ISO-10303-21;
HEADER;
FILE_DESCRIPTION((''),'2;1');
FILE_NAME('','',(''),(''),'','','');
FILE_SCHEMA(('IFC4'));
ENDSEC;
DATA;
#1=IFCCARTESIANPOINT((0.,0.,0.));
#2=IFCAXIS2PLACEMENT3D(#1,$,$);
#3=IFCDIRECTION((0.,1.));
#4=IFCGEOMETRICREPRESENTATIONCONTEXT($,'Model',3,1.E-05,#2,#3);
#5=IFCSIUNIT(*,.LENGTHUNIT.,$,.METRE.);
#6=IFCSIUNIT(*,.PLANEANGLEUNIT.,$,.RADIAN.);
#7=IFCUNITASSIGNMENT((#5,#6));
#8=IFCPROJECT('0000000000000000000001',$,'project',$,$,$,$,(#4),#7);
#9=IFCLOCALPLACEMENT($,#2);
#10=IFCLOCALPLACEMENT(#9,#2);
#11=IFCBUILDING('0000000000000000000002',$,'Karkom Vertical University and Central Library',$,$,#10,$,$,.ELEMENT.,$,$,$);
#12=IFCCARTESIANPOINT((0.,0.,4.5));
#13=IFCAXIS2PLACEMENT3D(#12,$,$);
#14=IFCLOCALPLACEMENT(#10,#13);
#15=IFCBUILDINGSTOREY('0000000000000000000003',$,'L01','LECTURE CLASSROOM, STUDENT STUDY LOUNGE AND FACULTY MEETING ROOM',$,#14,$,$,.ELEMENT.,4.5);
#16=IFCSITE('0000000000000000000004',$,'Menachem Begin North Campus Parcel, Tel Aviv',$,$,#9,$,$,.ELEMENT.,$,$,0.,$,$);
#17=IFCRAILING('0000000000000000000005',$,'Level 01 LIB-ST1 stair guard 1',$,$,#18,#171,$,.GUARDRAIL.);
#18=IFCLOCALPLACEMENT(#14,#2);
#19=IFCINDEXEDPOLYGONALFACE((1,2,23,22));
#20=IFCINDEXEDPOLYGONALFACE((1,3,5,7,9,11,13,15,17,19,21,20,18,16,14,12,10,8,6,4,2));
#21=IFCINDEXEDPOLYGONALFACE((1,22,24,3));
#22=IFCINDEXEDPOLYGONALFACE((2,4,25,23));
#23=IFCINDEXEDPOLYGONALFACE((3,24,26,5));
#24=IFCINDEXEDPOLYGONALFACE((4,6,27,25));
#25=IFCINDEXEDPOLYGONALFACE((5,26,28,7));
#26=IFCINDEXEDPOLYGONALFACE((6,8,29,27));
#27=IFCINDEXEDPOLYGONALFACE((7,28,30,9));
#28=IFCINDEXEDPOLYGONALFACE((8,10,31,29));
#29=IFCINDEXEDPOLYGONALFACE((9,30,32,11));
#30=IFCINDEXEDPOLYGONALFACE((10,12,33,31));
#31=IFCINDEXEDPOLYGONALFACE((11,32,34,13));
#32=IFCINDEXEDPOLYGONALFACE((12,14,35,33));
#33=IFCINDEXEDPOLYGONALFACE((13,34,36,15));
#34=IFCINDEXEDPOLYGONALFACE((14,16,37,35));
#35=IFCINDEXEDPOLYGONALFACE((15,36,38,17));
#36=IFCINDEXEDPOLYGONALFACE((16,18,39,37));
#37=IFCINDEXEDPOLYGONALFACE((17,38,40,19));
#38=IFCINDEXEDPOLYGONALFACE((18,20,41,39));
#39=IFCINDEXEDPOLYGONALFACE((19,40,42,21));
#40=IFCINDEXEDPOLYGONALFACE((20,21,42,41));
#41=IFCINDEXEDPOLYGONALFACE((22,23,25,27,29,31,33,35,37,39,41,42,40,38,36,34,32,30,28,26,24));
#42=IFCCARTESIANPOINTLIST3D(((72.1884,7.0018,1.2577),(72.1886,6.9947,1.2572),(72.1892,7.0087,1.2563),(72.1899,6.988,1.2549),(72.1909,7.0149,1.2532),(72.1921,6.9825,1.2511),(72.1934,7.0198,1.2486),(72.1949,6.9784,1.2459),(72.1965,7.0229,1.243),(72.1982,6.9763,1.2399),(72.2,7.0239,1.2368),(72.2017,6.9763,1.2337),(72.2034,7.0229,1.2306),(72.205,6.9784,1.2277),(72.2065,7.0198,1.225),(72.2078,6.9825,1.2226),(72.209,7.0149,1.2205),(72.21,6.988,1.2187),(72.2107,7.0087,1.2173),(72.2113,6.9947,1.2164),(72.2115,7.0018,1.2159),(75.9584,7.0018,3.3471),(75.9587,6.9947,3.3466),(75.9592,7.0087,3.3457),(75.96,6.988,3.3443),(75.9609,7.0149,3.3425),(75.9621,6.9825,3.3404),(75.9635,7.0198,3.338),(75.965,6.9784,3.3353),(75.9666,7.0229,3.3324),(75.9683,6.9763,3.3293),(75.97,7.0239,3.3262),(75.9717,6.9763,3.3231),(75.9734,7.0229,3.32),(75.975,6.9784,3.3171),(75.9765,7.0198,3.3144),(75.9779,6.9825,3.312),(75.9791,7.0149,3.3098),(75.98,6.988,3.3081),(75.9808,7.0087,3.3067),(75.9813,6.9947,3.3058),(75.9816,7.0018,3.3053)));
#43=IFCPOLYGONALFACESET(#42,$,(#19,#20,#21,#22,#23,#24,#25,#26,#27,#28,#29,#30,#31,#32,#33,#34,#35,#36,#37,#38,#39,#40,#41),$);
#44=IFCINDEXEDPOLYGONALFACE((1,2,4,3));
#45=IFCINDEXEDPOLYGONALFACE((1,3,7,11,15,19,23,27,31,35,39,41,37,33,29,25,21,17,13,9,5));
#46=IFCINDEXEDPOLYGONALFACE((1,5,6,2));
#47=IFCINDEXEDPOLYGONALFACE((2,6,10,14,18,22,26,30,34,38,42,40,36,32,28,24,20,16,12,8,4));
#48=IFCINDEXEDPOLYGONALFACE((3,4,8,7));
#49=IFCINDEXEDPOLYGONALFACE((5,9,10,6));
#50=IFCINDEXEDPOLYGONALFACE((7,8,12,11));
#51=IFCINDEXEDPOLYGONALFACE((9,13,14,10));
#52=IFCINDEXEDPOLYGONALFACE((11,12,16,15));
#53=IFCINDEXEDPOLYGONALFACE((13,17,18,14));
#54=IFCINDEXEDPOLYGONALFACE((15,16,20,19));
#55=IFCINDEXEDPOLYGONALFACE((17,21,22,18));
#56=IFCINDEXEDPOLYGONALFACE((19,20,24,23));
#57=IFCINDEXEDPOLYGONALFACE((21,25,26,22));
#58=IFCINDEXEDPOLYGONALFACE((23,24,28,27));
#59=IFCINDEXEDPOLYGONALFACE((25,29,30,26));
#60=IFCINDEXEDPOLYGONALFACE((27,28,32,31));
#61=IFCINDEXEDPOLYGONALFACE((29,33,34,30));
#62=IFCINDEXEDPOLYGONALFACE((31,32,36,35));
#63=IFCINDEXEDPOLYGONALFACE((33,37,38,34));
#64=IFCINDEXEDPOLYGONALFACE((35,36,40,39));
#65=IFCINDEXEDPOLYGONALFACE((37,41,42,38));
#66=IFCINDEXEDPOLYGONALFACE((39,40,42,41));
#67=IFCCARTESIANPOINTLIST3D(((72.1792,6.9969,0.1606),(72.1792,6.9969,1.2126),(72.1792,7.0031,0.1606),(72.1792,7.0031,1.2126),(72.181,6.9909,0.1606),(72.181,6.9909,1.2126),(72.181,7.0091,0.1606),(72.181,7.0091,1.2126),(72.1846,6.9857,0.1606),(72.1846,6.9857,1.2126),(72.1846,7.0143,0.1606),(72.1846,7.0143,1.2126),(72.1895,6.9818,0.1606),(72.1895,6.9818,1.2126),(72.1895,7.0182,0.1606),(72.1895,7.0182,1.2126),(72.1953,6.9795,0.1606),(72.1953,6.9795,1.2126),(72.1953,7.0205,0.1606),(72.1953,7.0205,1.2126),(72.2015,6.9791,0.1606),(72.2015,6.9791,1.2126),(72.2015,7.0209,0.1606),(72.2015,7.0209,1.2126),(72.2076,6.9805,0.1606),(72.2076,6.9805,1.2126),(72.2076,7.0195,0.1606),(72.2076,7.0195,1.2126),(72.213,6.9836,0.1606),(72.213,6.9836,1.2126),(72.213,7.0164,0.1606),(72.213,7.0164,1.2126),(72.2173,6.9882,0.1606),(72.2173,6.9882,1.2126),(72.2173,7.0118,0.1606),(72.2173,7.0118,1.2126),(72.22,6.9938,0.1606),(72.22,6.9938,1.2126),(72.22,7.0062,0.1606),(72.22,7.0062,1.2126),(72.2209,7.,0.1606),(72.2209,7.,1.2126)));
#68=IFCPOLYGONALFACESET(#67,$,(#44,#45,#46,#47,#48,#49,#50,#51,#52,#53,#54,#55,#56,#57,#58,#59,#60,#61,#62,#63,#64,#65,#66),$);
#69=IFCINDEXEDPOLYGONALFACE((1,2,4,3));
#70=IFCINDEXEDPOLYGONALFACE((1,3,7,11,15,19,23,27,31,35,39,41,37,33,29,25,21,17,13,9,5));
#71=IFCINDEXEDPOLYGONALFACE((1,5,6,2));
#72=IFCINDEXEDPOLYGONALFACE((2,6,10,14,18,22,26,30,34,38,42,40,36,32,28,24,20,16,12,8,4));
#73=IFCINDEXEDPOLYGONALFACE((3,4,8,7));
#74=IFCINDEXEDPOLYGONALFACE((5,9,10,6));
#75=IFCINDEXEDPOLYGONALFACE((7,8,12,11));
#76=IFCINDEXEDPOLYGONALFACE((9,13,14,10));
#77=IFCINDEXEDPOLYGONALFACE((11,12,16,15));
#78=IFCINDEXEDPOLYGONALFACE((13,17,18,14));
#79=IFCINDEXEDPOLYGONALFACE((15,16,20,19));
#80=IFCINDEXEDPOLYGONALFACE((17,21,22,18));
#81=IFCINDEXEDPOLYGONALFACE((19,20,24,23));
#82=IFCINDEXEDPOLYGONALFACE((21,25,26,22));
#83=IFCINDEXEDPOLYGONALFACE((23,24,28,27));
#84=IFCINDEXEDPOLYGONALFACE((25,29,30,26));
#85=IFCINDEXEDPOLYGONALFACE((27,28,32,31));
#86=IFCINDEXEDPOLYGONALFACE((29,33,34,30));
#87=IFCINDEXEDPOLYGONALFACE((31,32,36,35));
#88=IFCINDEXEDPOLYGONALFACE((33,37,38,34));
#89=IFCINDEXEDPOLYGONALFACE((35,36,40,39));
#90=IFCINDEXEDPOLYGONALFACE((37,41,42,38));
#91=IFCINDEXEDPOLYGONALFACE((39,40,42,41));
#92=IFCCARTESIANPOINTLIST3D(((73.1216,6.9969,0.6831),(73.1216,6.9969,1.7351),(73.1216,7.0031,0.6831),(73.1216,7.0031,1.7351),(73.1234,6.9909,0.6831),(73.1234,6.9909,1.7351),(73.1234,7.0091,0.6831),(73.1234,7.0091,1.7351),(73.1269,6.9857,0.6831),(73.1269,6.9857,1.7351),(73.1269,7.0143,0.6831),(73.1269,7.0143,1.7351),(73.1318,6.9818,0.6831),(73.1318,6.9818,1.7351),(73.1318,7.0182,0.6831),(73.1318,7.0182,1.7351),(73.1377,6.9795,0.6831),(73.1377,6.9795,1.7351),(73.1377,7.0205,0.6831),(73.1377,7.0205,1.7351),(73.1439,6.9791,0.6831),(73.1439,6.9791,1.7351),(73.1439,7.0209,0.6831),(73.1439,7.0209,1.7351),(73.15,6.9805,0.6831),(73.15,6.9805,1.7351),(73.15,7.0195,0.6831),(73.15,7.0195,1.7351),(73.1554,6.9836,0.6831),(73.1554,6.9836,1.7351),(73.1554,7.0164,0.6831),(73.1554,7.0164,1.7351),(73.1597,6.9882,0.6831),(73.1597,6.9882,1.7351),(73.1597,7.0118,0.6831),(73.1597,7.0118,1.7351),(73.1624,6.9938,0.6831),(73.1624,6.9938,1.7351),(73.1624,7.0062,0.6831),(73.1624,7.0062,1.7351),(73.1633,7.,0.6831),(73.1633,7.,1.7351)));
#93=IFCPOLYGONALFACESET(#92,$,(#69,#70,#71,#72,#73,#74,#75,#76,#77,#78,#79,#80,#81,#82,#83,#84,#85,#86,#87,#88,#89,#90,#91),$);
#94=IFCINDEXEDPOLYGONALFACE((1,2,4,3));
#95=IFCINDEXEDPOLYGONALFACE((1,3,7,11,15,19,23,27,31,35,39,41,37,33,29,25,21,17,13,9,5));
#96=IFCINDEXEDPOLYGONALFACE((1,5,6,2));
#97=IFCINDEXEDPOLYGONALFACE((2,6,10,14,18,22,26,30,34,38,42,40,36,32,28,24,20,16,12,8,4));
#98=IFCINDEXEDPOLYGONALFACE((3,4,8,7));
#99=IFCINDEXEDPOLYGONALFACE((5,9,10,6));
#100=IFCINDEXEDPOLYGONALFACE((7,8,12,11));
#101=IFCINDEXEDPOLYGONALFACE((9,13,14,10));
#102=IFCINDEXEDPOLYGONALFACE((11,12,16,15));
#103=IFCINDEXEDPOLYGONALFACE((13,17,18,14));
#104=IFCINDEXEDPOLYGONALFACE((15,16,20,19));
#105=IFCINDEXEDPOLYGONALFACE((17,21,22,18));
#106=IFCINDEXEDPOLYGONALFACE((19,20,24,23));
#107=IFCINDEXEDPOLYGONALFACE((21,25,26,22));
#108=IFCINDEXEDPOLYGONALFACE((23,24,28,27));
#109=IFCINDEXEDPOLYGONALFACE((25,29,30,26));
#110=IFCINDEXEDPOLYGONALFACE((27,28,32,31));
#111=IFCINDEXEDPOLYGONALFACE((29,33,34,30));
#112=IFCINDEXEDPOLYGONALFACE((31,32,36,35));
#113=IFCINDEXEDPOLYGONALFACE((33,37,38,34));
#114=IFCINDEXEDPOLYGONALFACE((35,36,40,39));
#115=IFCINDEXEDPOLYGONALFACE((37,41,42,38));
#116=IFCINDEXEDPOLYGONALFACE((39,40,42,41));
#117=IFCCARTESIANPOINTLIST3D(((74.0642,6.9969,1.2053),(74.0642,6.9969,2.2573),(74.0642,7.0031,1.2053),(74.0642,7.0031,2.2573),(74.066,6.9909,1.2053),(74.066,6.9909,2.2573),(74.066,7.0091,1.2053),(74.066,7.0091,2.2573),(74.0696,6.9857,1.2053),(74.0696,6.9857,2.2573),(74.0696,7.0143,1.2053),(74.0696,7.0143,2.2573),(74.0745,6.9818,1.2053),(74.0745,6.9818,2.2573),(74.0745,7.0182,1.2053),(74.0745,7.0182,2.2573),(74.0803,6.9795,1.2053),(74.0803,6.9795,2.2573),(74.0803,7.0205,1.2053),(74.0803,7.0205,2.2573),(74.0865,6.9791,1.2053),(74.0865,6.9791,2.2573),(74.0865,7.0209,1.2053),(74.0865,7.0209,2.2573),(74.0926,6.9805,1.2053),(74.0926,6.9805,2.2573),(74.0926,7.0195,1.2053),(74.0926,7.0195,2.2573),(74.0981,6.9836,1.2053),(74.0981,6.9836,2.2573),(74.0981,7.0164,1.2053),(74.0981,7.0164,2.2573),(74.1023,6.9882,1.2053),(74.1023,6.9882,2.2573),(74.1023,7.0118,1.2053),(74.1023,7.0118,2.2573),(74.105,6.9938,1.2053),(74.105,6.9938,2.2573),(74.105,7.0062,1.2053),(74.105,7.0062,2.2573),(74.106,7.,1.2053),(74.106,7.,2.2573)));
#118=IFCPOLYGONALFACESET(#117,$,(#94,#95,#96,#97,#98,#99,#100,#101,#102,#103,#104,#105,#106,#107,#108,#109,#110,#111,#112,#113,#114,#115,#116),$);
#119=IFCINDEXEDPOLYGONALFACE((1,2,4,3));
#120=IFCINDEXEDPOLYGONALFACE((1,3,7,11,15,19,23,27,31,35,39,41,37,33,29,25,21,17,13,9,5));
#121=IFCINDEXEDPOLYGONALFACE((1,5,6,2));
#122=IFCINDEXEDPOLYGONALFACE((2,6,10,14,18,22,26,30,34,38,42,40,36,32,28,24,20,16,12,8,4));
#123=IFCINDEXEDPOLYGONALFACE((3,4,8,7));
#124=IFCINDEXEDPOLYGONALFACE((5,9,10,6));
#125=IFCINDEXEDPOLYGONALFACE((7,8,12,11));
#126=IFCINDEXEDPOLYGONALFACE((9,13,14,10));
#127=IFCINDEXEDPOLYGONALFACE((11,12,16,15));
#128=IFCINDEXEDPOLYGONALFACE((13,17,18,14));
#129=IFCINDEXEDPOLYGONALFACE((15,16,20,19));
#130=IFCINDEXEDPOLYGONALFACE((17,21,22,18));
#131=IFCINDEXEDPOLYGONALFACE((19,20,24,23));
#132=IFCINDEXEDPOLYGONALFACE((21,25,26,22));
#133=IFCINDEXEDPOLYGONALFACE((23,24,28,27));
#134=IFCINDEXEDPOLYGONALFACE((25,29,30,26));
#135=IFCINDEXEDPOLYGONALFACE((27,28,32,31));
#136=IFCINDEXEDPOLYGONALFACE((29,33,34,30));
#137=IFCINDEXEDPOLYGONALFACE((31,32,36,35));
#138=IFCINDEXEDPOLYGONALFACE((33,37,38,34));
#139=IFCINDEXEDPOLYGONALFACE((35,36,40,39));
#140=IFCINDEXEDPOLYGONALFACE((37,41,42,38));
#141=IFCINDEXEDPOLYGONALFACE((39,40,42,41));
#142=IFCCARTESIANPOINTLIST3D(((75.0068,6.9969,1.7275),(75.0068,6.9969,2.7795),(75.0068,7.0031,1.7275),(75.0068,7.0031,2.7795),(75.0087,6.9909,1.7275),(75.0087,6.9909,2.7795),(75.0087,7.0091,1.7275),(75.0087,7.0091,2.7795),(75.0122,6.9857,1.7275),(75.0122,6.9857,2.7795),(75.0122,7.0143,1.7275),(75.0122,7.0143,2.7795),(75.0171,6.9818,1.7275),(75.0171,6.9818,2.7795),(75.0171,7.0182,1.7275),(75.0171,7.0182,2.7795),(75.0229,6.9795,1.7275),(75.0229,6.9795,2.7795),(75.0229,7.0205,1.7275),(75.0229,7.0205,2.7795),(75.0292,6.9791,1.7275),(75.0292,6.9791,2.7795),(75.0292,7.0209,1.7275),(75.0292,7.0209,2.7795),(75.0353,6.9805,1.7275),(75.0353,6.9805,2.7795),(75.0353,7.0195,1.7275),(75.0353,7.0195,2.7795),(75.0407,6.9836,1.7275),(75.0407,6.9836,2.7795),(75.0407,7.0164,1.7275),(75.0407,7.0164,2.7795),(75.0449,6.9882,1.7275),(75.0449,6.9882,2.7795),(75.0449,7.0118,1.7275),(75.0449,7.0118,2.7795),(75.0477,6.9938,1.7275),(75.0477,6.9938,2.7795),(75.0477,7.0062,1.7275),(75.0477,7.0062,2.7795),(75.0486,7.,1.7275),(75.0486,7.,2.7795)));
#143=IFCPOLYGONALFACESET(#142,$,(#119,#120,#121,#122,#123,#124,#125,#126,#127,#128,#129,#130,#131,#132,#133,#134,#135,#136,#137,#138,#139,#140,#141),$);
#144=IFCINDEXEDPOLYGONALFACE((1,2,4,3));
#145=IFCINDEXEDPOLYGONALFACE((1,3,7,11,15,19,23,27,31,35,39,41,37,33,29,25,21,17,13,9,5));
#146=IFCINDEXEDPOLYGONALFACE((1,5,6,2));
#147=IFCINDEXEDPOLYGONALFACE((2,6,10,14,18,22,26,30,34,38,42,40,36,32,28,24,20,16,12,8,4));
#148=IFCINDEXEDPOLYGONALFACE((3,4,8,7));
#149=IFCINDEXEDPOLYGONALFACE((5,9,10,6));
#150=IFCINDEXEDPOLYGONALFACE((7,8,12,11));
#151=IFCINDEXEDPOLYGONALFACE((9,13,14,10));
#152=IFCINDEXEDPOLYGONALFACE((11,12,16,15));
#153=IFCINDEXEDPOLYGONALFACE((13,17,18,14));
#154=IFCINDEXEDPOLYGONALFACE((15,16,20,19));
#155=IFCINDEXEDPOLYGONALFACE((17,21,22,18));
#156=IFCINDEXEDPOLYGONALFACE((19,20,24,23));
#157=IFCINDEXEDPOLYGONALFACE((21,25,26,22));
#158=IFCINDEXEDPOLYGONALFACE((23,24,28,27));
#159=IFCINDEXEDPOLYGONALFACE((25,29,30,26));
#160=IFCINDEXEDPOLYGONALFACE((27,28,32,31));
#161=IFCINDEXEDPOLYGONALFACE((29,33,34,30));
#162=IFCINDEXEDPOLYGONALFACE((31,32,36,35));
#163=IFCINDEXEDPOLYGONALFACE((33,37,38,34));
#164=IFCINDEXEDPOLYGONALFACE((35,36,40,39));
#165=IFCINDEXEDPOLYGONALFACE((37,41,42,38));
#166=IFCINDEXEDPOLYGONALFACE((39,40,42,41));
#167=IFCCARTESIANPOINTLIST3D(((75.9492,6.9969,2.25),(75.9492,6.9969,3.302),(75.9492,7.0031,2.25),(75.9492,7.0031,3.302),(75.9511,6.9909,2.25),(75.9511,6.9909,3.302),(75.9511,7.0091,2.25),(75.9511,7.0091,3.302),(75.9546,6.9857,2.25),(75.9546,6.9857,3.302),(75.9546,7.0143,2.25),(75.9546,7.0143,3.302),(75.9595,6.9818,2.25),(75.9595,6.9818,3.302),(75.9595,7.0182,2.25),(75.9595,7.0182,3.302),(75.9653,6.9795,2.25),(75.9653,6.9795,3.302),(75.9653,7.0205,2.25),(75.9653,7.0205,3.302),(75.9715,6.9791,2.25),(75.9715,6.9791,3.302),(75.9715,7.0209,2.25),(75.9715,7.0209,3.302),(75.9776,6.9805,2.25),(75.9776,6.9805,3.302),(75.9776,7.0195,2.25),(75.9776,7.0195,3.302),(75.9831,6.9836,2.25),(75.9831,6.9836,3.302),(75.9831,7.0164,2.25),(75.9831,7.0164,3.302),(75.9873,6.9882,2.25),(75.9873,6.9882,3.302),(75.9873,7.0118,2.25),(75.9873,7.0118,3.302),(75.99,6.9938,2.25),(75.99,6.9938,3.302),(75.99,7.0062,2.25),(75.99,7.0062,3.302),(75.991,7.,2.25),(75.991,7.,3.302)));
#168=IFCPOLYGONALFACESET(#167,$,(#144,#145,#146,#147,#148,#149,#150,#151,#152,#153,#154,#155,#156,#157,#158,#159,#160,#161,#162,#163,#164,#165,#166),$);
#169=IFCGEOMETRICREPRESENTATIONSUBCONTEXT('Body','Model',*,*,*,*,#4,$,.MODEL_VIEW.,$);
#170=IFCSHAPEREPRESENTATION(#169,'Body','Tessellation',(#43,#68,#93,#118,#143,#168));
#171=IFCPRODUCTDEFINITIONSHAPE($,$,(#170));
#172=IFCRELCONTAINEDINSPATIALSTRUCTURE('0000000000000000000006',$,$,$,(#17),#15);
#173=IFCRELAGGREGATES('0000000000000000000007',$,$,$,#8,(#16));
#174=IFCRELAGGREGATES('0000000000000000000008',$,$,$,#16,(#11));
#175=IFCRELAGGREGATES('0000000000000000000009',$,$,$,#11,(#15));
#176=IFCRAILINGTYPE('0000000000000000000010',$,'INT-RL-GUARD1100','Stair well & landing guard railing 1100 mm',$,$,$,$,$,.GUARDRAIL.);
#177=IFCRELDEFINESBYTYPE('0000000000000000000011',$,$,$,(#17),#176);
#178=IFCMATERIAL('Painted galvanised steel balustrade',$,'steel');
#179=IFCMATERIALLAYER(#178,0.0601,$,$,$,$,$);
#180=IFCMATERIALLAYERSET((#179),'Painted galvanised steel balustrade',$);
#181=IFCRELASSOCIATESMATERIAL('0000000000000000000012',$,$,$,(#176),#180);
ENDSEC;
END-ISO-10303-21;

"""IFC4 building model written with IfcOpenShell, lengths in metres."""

from ifc_helpers import new_model, si_unit, direction, frame, origin, origin_2d, place, context, subcontext, project, spatial, circle, extrude, material, layer, layer_set, type_object, element, save


model = new_model("IFC4")

# Units and contexts
model_context = context("Model", 3, precision=1e-05, world=origin(), true_north=direction((0.0, 1.0)))
body_context = subcontext(model_context, "Body", "Model", "MODEL_VIEW")
ifc_project = project(units=[si_unit("LENGTHUNIT", "METRE"), si_unit("PLANEANGLEUNIT", "RADIAN")], contexts=[model_context])

# Site, building, storey
site_placement = place(None, origin())
site = spatial("IfcSite", under=ifc_project, at=site_placement, Name="Menachem Begin North Campus Parcel, Tel Aviv", CompositionType="ELEMENT", RefElevation=0.0)
building_placement = place(site_placement, origin())
building = spatial("IfcBuilding", under=site, at=building_placement, Name="Karkom Vertical University and Central Library", CompositionType="ELEMENT")
storey_placement = place(building_placement, frame((0.0, 0.0, 4.5)))
storey = spatial("IfcBuildingStorey", under=building, at=storey_placement, Name="L01", Description="LECTURE CLASSROOM, STUDENT STUDY LOUNGE AND FACULTY MEETING ROOM", CompositionType="ELEMENT", Elevation=4.5)

# Railing
ifc_material_1 = material(Name="Painted galvanised steel balustrade", Category="steel")
ifc_layer_1 = layer(ifc_material_1, 0.0601)
ifc_layer_set_1 = layer_set([ifc_layer_1], Name="Painted galvanised steel balustrade")
railing_type_1 = type_object("IfcRailingType", Name="INT-RL-GUARD1100", Description="Stair well & landing guard railing 1100 mm", PredefinedType="GUARDRAIL", material=ifc_layer_set_1)
railing_1_placement = place(storey_placement, frame((72.2, 7.0, 0.1606)))
element("IfcRailing", 1, at=railing_1_placement, inside=storey, type_object=railing_type_1, Name="Level 01 LIB-ST1 stair guard 1", PredefinedType="GUARDRAIL", context=body_context, shape_type="SweptSolid", body=[
    extrude(circle(Radius=0.0239, at=origin_2d()), frame((0.0, 0.0, 1.0762), z_axis=(0.874659, 0.0, 0.484739), x_axis=(0.0, 1.0, 0.0)), (0.0, 0.0, 1.0), 4.3103),
    extrude(circle(Radius=0.021, at=origin_2d()), origin(), (0.0, 0.0, 1.0), 1.052),
    extrude(circle(Radius=0.021, at=origin_2d()), frame((0.9424, 0.0, 0.5225)), (0.0, 0.0, 1.0), 1.052),
    extrude(circle(Radius=0.021, at=origin_2d()), frame((1.885, 0.0, 1.0447)), (0.0, 0.0, 1.0), 1.052),
    extrude(circle(Radius=0.021, at=origin_2d()), frame((2.8276, 0.0, 1.5669)), (0.0, 0.0, 1.0), 1.052),
    extrude(circle(Radius=0.021, at=origin_2d()), frame((3.77, 0.0, 2.0894)), (0.0, 0.0, 1.0), 1.052),
])

save(model, "model.ifc")
